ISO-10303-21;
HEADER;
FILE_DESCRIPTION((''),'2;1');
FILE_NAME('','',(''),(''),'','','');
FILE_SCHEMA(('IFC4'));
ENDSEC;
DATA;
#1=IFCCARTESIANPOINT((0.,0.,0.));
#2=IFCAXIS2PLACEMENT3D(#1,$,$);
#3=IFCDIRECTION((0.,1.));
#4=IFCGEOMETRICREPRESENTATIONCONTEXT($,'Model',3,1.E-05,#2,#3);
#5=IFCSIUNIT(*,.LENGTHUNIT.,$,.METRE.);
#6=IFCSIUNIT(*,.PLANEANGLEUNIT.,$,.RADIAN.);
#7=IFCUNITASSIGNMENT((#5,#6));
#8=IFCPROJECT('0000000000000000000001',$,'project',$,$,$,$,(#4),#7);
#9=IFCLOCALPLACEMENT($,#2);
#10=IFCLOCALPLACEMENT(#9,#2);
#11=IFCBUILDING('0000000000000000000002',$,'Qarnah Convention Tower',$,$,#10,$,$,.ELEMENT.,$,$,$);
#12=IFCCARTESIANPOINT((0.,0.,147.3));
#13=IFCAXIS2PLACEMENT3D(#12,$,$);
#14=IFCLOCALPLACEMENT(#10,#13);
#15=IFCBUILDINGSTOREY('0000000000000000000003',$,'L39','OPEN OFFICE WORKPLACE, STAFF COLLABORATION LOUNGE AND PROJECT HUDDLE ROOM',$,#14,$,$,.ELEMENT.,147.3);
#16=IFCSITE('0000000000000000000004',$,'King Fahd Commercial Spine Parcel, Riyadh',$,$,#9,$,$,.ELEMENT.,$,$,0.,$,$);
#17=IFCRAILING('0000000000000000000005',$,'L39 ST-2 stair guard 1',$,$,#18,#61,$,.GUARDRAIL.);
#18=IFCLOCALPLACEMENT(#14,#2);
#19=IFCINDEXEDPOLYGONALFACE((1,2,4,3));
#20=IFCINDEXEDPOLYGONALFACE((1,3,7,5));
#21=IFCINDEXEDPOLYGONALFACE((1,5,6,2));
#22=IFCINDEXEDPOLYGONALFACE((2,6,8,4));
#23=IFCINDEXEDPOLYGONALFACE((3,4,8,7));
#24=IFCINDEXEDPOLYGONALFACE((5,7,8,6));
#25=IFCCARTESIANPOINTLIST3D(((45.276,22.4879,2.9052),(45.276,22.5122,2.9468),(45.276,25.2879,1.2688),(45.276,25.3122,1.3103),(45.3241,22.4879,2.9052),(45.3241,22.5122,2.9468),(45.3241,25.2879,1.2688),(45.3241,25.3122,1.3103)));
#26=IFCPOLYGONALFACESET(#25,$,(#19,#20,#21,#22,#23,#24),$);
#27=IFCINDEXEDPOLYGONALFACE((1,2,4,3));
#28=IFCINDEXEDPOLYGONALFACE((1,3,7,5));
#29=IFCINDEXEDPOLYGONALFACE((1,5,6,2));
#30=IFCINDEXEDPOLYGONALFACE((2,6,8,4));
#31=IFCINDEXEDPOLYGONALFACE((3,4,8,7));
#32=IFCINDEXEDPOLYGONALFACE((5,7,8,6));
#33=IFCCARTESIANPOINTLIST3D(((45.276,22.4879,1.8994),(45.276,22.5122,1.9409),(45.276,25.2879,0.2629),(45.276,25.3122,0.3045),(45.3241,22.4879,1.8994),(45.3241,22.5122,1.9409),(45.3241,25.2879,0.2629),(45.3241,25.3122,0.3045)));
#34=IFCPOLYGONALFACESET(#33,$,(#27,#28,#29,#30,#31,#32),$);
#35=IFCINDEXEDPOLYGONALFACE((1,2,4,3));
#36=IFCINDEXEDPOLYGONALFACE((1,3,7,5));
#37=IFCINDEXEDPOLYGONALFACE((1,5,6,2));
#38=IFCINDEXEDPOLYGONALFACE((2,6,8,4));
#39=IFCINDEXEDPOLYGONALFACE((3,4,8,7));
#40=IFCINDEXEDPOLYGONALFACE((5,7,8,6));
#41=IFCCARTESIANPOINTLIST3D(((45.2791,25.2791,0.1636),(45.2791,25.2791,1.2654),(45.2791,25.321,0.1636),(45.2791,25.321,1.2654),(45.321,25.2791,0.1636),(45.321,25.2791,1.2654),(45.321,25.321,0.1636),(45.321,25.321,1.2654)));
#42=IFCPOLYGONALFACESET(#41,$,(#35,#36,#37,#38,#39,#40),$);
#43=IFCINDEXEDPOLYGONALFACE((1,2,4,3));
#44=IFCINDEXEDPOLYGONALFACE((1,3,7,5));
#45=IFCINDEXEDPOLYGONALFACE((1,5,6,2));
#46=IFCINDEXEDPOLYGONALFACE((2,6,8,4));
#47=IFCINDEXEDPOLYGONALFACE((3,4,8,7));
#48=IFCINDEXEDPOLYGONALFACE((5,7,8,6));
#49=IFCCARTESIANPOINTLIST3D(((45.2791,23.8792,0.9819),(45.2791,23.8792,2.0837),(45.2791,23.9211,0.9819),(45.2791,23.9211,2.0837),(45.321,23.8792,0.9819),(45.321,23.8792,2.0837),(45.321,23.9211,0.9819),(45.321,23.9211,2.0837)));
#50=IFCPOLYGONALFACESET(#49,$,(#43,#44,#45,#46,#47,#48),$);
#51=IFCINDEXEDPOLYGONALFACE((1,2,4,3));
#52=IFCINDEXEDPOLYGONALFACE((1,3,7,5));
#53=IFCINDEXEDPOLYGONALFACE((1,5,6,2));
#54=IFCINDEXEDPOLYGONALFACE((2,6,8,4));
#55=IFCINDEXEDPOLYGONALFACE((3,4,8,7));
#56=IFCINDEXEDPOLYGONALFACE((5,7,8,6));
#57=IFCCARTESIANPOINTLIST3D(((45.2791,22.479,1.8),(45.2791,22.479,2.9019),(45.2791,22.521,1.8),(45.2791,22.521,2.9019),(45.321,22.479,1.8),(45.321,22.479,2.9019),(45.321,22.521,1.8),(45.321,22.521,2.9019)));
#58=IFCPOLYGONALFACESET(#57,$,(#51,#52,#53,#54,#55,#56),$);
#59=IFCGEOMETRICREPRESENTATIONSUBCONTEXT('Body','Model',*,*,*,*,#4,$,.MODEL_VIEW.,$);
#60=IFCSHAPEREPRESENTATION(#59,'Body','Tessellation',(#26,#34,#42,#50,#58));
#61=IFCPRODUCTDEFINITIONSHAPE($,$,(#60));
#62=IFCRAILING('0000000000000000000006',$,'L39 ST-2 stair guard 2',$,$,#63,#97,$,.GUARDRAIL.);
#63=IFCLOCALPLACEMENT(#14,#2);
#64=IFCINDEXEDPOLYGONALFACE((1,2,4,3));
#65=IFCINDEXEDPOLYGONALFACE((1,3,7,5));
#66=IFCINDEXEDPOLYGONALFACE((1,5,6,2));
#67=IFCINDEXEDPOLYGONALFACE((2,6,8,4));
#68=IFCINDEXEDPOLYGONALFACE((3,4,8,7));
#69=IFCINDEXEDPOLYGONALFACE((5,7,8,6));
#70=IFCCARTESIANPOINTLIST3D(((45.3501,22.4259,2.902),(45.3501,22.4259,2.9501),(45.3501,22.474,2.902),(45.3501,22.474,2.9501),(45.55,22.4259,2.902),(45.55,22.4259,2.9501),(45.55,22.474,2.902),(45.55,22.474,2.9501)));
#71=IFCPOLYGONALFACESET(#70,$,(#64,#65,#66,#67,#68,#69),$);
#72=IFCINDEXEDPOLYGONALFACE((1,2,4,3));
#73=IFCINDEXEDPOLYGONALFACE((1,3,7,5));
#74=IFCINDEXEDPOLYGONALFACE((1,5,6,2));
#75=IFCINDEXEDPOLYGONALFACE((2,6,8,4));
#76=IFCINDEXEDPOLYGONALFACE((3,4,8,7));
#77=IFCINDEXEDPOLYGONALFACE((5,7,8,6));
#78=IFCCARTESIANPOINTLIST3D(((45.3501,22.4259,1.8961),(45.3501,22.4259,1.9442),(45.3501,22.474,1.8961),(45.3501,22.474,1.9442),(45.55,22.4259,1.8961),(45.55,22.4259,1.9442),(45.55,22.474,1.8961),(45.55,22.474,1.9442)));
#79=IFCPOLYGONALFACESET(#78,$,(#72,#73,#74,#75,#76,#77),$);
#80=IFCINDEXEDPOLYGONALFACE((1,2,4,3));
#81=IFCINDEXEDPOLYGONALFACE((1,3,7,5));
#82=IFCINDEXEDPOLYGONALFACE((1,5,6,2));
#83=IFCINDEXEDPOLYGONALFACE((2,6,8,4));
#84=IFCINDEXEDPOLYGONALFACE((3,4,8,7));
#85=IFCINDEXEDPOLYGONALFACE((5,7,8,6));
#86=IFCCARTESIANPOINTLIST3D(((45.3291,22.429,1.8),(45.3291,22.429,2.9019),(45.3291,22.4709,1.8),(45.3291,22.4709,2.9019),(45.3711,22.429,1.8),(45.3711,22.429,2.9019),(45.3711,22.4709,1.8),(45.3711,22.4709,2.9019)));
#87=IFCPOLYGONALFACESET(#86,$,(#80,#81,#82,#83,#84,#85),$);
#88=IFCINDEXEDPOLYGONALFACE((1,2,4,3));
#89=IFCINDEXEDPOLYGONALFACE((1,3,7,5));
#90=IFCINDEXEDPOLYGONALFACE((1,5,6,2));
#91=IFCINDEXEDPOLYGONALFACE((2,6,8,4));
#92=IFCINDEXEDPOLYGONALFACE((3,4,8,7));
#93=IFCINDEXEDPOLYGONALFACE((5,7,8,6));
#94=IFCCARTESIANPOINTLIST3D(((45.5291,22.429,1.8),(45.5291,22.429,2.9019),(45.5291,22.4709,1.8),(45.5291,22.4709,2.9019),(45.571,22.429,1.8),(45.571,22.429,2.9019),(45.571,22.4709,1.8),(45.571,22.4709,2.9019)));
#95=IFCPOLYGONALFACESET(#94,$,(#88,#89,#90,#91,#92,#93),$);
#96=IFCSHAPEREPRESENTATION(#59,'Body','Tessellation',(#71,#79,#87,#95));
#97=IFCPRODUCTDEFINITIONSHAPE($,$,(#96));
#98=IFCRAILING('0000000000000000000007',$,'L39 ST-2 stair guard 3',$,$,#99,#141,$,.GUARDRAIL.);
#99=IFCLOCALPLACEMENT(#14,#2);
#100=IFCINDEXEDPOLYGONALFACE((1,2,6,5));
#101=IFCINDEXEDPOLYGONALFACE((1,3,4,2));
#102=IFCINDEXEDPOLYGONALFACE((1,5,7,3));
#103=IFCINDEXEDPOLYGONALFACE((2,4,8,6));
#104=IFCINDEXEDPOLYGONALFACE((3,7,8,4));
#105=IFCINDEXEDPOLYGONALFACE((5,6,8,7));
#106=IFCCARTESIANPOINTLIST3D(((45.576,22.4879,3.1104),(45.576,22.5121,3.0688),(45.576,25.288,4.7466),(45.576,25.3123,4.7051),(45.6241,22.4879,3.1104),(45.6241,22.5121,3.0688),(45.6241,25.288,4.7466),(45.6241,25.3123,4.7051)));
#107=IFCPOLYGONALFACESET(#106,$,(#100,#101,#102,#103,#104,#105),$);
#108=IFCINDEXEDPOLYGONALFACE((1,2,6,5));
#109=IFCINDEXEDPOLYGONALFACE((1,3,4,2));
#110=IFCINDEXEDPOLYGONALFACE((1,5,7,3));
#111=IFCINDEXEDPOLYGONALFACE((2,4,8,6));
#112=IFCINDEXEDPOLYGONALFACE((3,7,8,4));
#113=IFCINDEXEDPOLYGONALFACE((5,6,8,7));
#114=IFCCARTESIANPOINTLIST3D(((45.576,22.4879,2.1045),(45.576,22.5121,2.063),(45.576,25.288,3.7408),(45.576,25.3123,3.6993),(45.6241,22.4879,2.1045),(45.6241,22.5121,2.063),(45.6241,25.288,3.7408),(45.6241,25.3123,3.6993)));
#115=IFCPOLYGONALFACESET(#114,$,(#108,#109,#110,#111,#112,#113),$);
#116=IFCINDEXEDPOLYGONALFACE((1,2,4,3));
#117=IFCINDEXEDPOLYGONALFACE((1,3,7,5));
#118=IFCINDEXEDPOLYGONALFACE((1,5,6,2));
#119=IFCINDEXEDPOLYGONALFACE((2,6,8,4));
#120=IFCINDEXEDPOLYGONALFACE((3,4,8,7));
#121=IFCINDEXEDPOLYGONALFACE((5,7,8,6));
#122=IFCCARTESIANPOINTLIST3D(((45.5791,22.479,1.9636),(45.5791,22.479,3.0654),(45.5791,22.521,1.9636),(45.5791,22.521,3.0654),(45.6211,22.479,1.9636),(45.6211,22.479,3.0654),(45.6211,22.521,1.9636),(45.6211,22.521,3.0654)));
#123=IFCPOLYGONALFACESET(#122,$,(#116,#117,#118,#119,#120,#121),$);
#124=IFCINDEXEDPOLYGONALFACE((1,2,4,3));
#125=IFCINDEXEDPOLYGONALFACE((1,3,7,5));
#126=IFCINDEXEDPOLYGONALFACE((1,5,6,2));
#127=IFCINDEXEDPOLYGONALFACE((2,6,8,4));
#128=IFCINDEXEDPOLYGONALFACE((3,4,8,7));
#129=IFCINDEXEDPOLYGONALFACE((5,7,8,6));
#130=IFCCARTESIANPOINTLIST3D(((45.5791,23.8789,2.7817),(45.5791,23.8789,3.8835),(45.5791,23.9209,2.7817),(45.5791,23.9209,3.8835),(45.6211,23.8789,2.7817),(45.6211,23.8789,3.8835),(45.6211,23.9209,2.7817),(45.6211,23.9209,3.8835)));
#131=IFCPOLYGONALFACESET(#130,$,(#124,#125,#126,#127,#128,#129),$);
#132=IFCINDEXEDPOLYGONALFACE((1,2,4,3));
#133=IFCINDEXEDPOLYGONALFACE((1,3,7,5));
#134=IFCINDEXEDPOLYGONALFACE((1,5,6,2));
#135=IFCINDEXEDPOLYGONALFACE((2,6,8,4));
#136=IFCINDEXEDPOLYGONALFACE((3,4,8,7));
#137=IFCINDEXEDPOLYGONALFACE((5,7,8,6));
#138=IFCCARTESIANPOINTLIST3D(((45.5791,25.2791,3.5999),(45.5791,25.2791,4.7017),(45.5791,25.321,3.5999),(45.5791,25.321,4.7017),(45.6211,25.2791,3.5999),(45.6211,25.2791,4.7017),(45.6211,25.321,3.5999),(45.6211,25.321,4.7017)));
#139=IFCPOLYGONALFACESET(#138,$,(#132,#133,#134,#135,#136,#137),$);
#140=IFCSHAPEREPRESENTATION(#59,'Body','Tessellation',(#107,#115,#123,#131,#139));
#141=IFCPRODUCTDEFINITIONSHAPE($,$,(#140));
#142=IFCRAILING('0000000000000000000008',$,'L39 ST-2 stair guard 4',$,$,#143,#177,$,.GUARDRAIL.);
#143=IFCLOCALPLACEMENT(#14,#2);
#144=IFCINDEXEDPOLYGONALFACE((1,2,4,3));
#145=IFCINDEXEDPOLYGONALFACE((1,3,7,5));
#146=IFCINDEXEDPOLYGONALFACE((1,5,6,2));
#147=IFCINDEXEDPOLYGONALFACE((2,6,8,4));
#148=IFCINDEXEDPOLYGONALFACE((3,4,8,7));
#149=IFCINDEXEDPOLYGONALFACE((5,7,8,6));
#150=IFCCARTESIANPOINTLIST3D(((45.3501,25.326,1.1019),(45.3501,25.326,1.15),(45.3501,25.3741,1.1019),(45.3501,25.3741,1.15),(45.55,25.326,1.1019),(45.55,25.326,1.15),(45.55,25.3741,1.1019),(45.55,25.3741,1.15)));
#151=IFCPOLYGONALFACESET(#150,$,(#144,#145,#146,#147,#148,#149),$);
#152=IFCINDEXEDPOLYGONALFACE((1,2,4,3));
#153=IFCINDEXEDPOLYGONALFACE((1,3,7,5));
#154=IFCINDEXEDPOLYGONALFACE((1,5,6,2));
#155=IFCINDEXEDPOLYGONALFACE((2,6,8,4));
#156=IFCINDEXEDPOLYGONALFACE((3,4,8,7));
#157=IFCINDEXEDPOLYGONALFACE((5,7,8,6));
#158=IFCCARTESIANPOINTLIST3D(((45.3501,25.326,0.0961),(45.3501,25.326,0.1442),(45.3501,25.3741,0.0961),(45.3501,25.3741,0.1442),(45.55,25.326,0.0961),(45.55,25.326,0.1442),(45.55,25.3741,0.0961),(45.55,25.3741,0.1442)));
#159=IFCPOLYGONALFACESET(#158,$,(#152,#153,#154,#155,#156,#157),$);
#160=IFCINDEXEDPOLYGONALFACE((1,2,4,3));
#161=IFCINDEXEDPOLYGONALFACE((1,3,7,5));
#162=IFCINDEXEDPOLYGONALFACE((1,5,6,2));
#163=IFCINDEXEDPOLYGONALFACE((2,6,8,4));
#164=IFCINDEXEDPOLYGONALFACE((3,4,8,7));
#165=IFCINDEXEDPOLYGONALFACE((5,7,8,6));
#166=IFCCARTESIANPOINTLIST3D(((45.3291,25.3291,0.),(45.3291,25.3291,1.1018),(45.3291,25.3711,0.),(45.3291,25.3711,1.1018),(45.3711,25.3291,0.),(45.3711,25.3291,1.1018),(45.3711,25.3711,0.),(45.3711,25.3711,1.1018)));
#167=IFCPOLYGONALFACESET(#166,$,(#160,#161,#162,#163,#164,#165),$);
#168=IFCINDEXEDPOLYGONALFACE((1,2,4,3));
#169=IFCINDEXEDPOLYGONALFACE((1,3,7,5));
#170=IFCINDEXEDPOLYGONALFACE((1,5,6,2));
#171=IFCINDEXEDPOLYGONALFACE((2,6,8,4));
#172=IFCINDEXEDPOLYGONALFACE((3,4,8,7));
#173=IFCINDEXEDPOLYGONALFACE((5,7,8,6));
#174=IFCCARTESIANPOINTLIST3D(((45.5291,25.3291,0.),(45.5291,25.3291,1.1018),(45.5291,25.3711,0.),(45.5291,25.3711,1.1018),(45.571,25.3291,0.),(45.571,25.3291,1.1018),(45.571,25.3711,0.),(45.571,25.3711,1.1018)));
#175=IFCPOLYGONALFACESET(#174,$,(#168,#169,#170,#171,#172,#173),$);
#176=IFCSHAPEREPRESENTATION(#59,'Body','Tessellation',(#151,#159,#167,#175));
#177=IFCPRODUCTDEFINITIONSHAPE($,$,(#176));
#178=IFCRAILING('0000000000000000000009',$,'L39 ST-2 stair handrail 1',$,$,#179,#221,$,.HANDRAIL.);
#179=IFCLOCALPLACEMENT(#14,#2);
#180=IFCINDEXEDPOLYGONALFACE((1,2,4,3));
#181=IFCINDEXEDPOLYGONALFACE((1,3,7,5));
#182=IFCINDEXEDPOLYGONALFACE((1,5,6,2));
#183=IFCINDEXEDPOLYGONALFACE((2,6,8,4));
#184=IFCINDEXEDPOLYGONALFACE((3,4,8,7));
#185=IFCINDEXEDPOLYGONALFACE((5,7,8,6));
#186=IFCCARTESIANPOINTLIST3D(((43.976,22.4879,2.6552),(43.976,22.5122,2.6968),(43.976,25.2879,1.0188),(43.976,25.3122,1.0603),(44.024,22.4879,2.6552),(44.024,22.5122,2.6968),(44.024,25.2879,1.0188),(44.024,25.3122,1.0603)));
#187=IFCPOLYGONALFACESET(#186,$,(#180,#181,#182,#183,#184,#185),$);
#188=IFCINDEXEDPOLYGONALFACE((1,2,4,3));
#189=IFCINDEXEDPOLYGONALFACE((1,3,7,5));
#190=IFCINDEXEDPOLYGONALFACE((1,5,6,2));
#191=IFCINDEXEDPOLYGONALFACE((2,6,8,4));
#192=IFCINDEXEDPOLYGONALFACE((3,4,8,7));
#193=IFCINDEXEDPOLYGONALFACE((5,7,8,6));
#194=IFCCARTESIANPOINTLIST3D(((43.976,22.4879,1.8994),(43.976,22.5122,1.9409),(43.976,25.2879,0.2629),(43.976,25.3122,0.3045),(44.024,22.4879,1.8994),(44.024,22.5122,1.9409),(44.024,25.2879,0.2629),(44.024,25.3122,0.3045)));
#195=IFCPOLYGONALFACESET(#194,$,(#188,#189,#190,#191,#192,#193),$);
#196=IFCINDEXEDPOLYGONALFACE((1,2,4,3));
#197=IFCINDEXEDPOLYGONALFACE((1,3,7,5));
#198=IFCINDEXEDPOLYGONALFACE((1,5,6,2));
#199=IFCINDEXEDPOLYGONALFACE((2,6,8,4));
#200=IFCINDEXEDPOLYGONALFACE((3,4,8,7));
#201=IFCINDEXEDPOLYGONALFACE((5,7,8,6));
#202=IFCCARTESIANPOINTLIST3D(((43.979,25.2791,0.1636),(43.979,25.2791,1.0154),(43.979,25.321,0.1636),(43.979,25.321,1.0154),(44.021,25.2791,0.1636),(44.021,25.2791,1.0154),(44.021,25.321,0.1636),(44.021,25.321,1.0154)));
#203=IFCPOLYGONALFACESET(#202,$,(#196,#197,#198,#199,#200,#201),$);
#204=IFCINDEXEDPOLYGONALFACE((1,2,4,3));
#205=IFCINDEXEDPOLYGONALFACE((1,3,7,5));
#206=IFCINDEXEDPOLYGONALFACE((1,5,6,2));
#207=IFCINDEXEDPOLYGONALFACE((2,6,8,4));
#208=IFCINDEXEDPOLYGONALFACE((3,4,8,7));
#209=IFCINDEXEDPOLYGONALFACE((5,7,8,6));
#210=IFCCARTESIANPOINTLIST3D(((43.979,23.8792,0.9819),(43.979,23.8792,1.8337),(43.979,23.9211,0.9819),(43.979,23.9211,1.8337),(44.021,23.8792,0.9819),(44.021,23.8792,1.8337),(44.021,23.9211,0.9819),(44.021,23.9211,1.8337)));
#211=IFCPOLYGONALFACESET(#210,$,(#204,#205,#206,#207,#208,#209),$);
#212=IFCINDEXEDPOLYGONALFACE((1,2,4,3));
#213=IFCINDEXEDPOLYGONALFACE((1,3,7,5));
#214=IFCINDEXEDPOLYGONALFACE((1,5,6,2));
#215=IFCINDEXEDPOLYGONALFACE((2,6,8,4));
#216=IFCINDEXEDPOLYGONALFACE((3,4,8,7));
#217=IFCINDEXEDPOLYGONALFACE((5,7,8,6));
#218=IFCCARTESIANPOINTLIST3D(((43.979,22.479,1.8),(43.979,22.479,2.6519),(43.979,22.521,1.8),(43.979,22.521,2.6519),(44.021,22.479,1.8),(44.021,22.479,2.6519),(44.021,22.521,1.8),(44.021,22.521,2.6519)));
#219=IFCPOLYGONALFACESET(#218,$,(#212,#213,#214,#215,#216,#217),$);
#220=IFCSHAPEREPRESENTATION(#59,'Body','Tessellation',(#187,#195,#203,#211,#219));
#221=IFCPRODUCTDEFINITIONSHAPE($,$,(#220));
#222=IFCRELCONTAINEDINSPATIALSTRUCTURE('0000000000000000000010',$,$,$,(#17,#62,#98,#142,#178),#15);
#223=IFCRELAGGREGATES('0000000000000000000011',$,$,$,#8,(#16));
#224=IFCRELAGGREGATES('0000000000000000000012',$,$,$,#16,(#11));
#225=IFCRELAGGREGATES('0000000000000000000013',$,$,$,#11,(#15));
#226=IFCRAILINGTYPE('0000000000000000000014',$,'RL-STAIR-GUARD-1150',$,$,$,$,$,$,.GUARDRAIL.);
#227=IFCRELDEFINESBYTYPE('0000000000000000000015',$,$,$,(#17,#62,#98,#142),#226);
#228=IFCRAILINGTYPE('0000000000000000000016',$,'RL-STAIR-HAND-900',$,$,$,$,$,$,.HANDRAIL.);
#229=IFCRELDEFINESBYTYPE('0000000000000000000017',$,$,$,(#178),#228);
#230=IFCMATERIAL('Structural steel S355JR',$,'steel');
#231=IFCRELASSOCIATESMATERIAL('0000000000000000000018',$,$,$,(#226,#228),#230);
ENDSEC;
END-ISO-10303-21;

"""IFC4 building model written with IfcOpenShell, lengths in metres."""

from ifc_helpers import new_model, si_unit, direction, frame, origin, origin_2d, place, context, subcontext, project, spatial, rectangle, extrude, material, type_object, element, save


model = new_model("IFC4")

# Units and contexts
model_context = context("Model", 3, precision=1e-05, world=origin(), true_north=direction((0.0, 1.0)))
body_context = subcontext(model_context, "Body", "Model", "MODEL_VIEW")
ifc_project = project(units=[si_unit("LENGTHUNIT", "METRE"), si_unit("PLANEANGLEUNIT", "RADIAN")], contexts=[model_context])

# Site, building, storey
site_placement = place(None, origin())
site = spatial("IfcSite", under=ifc_project, at=site_placement, Name="King Fahd Commercial Spine Parcel, Riyadh", CompositionType="ELEMENT", RefElevation=0.0)
building_placement = place(site_placement, origin())
building = spatial("IfcBuilding", under=site, at=building_placement, Name="Qarnah Convention Tower", CompositionType="ELEMENT")
storey_placement = place(building_placement, frame((0.0, 0.0, 147.3)))
storey = spatial("IfcBuildingStorey", under=building, at=storey_placement, Name="L39", Description="OPEN OFFICE WORKPLACE, STAFF COLLABORATION LOUNGE AND PROJECT HUDDLE ROOM", CompositionType="ELEMENT", Elevation=147.3)

# Shared definitions
ifc_material_1 = material(Name="Structural steel S355JR", Category="steel")

# Railings
railing_type_1 = type_object("IfcRailingType", Name="RL-STAIR-GUARD-1150", PredefinedType="GUARDRAIL", material=ifc_material_1)
railing_1_placement = place(storey_placement, frame((45.3, 25.3, 0.1636)))
element("IfcRailing", 1, at=railing_1_placement, inside=storey, type_object=railing_type_1, Name="L39 ST-2 stair guard 1", PredefinedType="GUARDRAIL", context=body_context, shape_type="SweptSolid", body=[
    extrude(rectangle(XDim=0.0481, YDim=0.0481, at=origin_2d()), frame((0.0, 0.0, 1.126), z_axis=(0.0, -0.863361, 0.504587), x_axis=(1.0, 0.0, 0.0)), (0.0, 0.0, 1.0), 3.2432),
    extrude(rectangle(XDim=0.0481, YDim=0.0481, at=origin_2d()), frame((0.0, 0.0, 0.1201), z_axis=(0.0, -0.863361, 0.504587), x_axis=(1.0, 0.0, 0.0)), (0.0, 0.0, 1.0), 3.2432),
    extrude(rectangle(XDim=0.042, YDim=0.042, at=origin_2d()), origin(), (0.0, 0.0, 1.0), 1.1018),
    extrude(rectangle(XDim=0.042, YDim=0.042, at=origin_2d()), frame((0.0, -1.3999, 0.8184)), (0.0, 0.0, 1.0), 1.1018),
    extrude(rectangle(XDim=0.042, YDim=0.042, at=origin_2d()), frame((0.0, -2.8, 1.6365)), (0.0, 0.0, 1.0), 1.1018),
])
railing_2_placement = place(storey_placement, frame((45.3501, 22.45, 1.8)))
element("IfcRailing", 2, at=railing_2_placement, inside=storey, type_object=railing_type_1, Name="L39 ST-2 stair guard 2", PredefinedType="GUARDRAIL", context=body_context, shape_type="SweptSolid", body=[
    extrude(rectangle(XDim=0.0481, YDim=0.0481, at=origin_2d()), frame((0.0, 0.0, 1.126), z_axis=(1.0, 0.0, 0.0), x_axis=(0.0, 1.0, 0.0)), (0.0, 0.0, 1.0), 0.2),
    extrude(rectangle(XDim=0.0481, YDim=0.0481, at=origin_2d()), frame((0.0, 0.0, 0.1201), z_axis=(1.0, 0.0, 0.0), x_axis=(0.0, 1.0, 0.0)), (0.0, 0.0, 1.0), 0.2),
    extrude(rectangle(XDim=0.042, YDim=0.042, at=origin_2d()), origin(), (0.0, 0.0, 1.0), 1.1018),
    extrude(rectangle(XDim=0.042, YDim=0.042, at=origin_2d()), frame((0.2, 0.0, 0.0)), (0.0, 0.0, 1.0), 1.1018),
])
railing_3_placement = place(storey_placement, frame((45.6001, 22.5, 1.9636)))
element("IfcRailing", 3, at=railing_3_placement, inside=storey, type_object=railing_type_1, Name="L39 ST-2 stair guard 3", PredefinedType="GUARDRAIL", context=body_context, shape_type="SweptSolid", body=[
    extrude(rectangle(XDim=0.0481, YDim=0.0481, at=origin_2d()), frame((0.0, 0.0, 1.126), z_axis=(0.0, 0.863394, 0.504531), x_axis=(-1.0, 0.0, 0.0)), (0.0, 0.0, 1.0), 3.2432),
    extrude(rectangle(XDim=0.0481, YDim=0.0481, at=origin_2d()), frame((0.0, 0.0, 0.1201), z_axis=(0.0, 0.863394, 0.504531), x_axis=(-1.0, 0.0, 0.0)), (0.0, 0.0, 1.0), 3.2432),
    extrude(rectangle(XDim=0.042, YDim=0.042, at=origin_2d()), origin(), (0.0, 0.0, 1.0), 1.1018),
    extrude(rectangle(XDim=0.042, YDim=0.042, at=origin_2d()), frame((0.0, 1.3999, 0.8181)), (0.0, 0.0, 1.0), 1.1018),
    extrude(rectangle(XDim=0.042, YDim=0.042, at=origin_2d()), frame((0.0, 2.8, 1.6362)), (0.0, 0.0, 1.0), 1.1018),
])
railing_4_placement = place(storey_placement, frame((45.3501, 25.3501, 0.0)))
element("IfcRailing", 4, at=railing_4_placement, inside=storey, type_object=railing_type_1, Name="L39 ST-2 stair guard 4", PredefinedType="GUARDRAIL", context=body_context, shape_type="SweptSolid", body=[
    extrude(rectangle(XDim=0.0481, YDim=0.0481, at=origin_2d()), frame((0.0, 0.0, 1.126), z_axis=(1.0, 0.0, 0.0), x_axis=(0.0, 1.0, 0.0)), (0.0, 0.0, 1.0), 0.2),
    extrude(rectangle(XDim=0.0481, YDim=0.0481, at=origin_2d()), frame((0.0, 0.0, 0.1201), z_axis=(1.0, 0.0, 0.0), x_axis=(0.0, 1.0, 0.0)), (0.0, 0.0, 1.0), 0.2),
    extrude(rectangle(XDim=0.042, YDim=0.042, at=origin_2d()), origin(), (0.0, 0.0, 1.0), 1.1018),
    extrude(rectangle(XDim=0.042, YDim=0.042, at=origin_2d()), frame((0.2, 0.0, 0.0)), (0.0, 0.0, 1.0), 1.1018),
])
railing_type_2 = type_object("IfcRailingType", Name="RL-STAIR-HAND-900", PredefinedType="HANDRAIL", material=ifc_material_1)
railing_5_placement = place(storey_placement, frame((44.0, 25.3, 0.1636)))
element("IfcRailing", 5, at=railing_5_placement, inside=storey, type_object=railing_type_2, Name="L39 ST-2 stair handrail 1", PredefinedType="HANDRAIL", context=body_context, shape_type="SweptSolid", body=[
    extrude(rectangle(XDim=0.0481, YDim=0.0481, at=origin_2d()), frame((0.0, 0.0, 0.876), z_axis=(0.0, -0.863361, 0.504587), x_axis=(1.0, 0.0, 0.0)), (0.0, 0.0, 1.0), 3.2432),
    extrude(rectangle(XDim=0.0481, YDim=0.0481, at=origin_2d()), frame((0.0, 0.0, 0.1201), z_axis=(0.0, -0.863361, 0.504587), x_axis=(1.0, 0.0, 0.0)), (0.0, 0.0, 1.0), 3.2432),
    extrude(rectangle(XDim=0.042, YDim=0.042, at=origin_2d()), origin(), (0.0, 0.0, 1.0), 0.8518),
    extrude(rectangle(XDim=0.042, YDim=0.042, at=origin_2d()), frame((0.0, -1.3999, 0.8184)), (0.0, 0.0, 1.0), 0.8518),
    extrude(rectangle(XDim=0.042, YDim=0.042, at=origin_2d()), frame((0.0, -2.8, 1.6365)), (0.0, 0.0, 1.0), 0.8518),
])

save(model, "model.ifc")
